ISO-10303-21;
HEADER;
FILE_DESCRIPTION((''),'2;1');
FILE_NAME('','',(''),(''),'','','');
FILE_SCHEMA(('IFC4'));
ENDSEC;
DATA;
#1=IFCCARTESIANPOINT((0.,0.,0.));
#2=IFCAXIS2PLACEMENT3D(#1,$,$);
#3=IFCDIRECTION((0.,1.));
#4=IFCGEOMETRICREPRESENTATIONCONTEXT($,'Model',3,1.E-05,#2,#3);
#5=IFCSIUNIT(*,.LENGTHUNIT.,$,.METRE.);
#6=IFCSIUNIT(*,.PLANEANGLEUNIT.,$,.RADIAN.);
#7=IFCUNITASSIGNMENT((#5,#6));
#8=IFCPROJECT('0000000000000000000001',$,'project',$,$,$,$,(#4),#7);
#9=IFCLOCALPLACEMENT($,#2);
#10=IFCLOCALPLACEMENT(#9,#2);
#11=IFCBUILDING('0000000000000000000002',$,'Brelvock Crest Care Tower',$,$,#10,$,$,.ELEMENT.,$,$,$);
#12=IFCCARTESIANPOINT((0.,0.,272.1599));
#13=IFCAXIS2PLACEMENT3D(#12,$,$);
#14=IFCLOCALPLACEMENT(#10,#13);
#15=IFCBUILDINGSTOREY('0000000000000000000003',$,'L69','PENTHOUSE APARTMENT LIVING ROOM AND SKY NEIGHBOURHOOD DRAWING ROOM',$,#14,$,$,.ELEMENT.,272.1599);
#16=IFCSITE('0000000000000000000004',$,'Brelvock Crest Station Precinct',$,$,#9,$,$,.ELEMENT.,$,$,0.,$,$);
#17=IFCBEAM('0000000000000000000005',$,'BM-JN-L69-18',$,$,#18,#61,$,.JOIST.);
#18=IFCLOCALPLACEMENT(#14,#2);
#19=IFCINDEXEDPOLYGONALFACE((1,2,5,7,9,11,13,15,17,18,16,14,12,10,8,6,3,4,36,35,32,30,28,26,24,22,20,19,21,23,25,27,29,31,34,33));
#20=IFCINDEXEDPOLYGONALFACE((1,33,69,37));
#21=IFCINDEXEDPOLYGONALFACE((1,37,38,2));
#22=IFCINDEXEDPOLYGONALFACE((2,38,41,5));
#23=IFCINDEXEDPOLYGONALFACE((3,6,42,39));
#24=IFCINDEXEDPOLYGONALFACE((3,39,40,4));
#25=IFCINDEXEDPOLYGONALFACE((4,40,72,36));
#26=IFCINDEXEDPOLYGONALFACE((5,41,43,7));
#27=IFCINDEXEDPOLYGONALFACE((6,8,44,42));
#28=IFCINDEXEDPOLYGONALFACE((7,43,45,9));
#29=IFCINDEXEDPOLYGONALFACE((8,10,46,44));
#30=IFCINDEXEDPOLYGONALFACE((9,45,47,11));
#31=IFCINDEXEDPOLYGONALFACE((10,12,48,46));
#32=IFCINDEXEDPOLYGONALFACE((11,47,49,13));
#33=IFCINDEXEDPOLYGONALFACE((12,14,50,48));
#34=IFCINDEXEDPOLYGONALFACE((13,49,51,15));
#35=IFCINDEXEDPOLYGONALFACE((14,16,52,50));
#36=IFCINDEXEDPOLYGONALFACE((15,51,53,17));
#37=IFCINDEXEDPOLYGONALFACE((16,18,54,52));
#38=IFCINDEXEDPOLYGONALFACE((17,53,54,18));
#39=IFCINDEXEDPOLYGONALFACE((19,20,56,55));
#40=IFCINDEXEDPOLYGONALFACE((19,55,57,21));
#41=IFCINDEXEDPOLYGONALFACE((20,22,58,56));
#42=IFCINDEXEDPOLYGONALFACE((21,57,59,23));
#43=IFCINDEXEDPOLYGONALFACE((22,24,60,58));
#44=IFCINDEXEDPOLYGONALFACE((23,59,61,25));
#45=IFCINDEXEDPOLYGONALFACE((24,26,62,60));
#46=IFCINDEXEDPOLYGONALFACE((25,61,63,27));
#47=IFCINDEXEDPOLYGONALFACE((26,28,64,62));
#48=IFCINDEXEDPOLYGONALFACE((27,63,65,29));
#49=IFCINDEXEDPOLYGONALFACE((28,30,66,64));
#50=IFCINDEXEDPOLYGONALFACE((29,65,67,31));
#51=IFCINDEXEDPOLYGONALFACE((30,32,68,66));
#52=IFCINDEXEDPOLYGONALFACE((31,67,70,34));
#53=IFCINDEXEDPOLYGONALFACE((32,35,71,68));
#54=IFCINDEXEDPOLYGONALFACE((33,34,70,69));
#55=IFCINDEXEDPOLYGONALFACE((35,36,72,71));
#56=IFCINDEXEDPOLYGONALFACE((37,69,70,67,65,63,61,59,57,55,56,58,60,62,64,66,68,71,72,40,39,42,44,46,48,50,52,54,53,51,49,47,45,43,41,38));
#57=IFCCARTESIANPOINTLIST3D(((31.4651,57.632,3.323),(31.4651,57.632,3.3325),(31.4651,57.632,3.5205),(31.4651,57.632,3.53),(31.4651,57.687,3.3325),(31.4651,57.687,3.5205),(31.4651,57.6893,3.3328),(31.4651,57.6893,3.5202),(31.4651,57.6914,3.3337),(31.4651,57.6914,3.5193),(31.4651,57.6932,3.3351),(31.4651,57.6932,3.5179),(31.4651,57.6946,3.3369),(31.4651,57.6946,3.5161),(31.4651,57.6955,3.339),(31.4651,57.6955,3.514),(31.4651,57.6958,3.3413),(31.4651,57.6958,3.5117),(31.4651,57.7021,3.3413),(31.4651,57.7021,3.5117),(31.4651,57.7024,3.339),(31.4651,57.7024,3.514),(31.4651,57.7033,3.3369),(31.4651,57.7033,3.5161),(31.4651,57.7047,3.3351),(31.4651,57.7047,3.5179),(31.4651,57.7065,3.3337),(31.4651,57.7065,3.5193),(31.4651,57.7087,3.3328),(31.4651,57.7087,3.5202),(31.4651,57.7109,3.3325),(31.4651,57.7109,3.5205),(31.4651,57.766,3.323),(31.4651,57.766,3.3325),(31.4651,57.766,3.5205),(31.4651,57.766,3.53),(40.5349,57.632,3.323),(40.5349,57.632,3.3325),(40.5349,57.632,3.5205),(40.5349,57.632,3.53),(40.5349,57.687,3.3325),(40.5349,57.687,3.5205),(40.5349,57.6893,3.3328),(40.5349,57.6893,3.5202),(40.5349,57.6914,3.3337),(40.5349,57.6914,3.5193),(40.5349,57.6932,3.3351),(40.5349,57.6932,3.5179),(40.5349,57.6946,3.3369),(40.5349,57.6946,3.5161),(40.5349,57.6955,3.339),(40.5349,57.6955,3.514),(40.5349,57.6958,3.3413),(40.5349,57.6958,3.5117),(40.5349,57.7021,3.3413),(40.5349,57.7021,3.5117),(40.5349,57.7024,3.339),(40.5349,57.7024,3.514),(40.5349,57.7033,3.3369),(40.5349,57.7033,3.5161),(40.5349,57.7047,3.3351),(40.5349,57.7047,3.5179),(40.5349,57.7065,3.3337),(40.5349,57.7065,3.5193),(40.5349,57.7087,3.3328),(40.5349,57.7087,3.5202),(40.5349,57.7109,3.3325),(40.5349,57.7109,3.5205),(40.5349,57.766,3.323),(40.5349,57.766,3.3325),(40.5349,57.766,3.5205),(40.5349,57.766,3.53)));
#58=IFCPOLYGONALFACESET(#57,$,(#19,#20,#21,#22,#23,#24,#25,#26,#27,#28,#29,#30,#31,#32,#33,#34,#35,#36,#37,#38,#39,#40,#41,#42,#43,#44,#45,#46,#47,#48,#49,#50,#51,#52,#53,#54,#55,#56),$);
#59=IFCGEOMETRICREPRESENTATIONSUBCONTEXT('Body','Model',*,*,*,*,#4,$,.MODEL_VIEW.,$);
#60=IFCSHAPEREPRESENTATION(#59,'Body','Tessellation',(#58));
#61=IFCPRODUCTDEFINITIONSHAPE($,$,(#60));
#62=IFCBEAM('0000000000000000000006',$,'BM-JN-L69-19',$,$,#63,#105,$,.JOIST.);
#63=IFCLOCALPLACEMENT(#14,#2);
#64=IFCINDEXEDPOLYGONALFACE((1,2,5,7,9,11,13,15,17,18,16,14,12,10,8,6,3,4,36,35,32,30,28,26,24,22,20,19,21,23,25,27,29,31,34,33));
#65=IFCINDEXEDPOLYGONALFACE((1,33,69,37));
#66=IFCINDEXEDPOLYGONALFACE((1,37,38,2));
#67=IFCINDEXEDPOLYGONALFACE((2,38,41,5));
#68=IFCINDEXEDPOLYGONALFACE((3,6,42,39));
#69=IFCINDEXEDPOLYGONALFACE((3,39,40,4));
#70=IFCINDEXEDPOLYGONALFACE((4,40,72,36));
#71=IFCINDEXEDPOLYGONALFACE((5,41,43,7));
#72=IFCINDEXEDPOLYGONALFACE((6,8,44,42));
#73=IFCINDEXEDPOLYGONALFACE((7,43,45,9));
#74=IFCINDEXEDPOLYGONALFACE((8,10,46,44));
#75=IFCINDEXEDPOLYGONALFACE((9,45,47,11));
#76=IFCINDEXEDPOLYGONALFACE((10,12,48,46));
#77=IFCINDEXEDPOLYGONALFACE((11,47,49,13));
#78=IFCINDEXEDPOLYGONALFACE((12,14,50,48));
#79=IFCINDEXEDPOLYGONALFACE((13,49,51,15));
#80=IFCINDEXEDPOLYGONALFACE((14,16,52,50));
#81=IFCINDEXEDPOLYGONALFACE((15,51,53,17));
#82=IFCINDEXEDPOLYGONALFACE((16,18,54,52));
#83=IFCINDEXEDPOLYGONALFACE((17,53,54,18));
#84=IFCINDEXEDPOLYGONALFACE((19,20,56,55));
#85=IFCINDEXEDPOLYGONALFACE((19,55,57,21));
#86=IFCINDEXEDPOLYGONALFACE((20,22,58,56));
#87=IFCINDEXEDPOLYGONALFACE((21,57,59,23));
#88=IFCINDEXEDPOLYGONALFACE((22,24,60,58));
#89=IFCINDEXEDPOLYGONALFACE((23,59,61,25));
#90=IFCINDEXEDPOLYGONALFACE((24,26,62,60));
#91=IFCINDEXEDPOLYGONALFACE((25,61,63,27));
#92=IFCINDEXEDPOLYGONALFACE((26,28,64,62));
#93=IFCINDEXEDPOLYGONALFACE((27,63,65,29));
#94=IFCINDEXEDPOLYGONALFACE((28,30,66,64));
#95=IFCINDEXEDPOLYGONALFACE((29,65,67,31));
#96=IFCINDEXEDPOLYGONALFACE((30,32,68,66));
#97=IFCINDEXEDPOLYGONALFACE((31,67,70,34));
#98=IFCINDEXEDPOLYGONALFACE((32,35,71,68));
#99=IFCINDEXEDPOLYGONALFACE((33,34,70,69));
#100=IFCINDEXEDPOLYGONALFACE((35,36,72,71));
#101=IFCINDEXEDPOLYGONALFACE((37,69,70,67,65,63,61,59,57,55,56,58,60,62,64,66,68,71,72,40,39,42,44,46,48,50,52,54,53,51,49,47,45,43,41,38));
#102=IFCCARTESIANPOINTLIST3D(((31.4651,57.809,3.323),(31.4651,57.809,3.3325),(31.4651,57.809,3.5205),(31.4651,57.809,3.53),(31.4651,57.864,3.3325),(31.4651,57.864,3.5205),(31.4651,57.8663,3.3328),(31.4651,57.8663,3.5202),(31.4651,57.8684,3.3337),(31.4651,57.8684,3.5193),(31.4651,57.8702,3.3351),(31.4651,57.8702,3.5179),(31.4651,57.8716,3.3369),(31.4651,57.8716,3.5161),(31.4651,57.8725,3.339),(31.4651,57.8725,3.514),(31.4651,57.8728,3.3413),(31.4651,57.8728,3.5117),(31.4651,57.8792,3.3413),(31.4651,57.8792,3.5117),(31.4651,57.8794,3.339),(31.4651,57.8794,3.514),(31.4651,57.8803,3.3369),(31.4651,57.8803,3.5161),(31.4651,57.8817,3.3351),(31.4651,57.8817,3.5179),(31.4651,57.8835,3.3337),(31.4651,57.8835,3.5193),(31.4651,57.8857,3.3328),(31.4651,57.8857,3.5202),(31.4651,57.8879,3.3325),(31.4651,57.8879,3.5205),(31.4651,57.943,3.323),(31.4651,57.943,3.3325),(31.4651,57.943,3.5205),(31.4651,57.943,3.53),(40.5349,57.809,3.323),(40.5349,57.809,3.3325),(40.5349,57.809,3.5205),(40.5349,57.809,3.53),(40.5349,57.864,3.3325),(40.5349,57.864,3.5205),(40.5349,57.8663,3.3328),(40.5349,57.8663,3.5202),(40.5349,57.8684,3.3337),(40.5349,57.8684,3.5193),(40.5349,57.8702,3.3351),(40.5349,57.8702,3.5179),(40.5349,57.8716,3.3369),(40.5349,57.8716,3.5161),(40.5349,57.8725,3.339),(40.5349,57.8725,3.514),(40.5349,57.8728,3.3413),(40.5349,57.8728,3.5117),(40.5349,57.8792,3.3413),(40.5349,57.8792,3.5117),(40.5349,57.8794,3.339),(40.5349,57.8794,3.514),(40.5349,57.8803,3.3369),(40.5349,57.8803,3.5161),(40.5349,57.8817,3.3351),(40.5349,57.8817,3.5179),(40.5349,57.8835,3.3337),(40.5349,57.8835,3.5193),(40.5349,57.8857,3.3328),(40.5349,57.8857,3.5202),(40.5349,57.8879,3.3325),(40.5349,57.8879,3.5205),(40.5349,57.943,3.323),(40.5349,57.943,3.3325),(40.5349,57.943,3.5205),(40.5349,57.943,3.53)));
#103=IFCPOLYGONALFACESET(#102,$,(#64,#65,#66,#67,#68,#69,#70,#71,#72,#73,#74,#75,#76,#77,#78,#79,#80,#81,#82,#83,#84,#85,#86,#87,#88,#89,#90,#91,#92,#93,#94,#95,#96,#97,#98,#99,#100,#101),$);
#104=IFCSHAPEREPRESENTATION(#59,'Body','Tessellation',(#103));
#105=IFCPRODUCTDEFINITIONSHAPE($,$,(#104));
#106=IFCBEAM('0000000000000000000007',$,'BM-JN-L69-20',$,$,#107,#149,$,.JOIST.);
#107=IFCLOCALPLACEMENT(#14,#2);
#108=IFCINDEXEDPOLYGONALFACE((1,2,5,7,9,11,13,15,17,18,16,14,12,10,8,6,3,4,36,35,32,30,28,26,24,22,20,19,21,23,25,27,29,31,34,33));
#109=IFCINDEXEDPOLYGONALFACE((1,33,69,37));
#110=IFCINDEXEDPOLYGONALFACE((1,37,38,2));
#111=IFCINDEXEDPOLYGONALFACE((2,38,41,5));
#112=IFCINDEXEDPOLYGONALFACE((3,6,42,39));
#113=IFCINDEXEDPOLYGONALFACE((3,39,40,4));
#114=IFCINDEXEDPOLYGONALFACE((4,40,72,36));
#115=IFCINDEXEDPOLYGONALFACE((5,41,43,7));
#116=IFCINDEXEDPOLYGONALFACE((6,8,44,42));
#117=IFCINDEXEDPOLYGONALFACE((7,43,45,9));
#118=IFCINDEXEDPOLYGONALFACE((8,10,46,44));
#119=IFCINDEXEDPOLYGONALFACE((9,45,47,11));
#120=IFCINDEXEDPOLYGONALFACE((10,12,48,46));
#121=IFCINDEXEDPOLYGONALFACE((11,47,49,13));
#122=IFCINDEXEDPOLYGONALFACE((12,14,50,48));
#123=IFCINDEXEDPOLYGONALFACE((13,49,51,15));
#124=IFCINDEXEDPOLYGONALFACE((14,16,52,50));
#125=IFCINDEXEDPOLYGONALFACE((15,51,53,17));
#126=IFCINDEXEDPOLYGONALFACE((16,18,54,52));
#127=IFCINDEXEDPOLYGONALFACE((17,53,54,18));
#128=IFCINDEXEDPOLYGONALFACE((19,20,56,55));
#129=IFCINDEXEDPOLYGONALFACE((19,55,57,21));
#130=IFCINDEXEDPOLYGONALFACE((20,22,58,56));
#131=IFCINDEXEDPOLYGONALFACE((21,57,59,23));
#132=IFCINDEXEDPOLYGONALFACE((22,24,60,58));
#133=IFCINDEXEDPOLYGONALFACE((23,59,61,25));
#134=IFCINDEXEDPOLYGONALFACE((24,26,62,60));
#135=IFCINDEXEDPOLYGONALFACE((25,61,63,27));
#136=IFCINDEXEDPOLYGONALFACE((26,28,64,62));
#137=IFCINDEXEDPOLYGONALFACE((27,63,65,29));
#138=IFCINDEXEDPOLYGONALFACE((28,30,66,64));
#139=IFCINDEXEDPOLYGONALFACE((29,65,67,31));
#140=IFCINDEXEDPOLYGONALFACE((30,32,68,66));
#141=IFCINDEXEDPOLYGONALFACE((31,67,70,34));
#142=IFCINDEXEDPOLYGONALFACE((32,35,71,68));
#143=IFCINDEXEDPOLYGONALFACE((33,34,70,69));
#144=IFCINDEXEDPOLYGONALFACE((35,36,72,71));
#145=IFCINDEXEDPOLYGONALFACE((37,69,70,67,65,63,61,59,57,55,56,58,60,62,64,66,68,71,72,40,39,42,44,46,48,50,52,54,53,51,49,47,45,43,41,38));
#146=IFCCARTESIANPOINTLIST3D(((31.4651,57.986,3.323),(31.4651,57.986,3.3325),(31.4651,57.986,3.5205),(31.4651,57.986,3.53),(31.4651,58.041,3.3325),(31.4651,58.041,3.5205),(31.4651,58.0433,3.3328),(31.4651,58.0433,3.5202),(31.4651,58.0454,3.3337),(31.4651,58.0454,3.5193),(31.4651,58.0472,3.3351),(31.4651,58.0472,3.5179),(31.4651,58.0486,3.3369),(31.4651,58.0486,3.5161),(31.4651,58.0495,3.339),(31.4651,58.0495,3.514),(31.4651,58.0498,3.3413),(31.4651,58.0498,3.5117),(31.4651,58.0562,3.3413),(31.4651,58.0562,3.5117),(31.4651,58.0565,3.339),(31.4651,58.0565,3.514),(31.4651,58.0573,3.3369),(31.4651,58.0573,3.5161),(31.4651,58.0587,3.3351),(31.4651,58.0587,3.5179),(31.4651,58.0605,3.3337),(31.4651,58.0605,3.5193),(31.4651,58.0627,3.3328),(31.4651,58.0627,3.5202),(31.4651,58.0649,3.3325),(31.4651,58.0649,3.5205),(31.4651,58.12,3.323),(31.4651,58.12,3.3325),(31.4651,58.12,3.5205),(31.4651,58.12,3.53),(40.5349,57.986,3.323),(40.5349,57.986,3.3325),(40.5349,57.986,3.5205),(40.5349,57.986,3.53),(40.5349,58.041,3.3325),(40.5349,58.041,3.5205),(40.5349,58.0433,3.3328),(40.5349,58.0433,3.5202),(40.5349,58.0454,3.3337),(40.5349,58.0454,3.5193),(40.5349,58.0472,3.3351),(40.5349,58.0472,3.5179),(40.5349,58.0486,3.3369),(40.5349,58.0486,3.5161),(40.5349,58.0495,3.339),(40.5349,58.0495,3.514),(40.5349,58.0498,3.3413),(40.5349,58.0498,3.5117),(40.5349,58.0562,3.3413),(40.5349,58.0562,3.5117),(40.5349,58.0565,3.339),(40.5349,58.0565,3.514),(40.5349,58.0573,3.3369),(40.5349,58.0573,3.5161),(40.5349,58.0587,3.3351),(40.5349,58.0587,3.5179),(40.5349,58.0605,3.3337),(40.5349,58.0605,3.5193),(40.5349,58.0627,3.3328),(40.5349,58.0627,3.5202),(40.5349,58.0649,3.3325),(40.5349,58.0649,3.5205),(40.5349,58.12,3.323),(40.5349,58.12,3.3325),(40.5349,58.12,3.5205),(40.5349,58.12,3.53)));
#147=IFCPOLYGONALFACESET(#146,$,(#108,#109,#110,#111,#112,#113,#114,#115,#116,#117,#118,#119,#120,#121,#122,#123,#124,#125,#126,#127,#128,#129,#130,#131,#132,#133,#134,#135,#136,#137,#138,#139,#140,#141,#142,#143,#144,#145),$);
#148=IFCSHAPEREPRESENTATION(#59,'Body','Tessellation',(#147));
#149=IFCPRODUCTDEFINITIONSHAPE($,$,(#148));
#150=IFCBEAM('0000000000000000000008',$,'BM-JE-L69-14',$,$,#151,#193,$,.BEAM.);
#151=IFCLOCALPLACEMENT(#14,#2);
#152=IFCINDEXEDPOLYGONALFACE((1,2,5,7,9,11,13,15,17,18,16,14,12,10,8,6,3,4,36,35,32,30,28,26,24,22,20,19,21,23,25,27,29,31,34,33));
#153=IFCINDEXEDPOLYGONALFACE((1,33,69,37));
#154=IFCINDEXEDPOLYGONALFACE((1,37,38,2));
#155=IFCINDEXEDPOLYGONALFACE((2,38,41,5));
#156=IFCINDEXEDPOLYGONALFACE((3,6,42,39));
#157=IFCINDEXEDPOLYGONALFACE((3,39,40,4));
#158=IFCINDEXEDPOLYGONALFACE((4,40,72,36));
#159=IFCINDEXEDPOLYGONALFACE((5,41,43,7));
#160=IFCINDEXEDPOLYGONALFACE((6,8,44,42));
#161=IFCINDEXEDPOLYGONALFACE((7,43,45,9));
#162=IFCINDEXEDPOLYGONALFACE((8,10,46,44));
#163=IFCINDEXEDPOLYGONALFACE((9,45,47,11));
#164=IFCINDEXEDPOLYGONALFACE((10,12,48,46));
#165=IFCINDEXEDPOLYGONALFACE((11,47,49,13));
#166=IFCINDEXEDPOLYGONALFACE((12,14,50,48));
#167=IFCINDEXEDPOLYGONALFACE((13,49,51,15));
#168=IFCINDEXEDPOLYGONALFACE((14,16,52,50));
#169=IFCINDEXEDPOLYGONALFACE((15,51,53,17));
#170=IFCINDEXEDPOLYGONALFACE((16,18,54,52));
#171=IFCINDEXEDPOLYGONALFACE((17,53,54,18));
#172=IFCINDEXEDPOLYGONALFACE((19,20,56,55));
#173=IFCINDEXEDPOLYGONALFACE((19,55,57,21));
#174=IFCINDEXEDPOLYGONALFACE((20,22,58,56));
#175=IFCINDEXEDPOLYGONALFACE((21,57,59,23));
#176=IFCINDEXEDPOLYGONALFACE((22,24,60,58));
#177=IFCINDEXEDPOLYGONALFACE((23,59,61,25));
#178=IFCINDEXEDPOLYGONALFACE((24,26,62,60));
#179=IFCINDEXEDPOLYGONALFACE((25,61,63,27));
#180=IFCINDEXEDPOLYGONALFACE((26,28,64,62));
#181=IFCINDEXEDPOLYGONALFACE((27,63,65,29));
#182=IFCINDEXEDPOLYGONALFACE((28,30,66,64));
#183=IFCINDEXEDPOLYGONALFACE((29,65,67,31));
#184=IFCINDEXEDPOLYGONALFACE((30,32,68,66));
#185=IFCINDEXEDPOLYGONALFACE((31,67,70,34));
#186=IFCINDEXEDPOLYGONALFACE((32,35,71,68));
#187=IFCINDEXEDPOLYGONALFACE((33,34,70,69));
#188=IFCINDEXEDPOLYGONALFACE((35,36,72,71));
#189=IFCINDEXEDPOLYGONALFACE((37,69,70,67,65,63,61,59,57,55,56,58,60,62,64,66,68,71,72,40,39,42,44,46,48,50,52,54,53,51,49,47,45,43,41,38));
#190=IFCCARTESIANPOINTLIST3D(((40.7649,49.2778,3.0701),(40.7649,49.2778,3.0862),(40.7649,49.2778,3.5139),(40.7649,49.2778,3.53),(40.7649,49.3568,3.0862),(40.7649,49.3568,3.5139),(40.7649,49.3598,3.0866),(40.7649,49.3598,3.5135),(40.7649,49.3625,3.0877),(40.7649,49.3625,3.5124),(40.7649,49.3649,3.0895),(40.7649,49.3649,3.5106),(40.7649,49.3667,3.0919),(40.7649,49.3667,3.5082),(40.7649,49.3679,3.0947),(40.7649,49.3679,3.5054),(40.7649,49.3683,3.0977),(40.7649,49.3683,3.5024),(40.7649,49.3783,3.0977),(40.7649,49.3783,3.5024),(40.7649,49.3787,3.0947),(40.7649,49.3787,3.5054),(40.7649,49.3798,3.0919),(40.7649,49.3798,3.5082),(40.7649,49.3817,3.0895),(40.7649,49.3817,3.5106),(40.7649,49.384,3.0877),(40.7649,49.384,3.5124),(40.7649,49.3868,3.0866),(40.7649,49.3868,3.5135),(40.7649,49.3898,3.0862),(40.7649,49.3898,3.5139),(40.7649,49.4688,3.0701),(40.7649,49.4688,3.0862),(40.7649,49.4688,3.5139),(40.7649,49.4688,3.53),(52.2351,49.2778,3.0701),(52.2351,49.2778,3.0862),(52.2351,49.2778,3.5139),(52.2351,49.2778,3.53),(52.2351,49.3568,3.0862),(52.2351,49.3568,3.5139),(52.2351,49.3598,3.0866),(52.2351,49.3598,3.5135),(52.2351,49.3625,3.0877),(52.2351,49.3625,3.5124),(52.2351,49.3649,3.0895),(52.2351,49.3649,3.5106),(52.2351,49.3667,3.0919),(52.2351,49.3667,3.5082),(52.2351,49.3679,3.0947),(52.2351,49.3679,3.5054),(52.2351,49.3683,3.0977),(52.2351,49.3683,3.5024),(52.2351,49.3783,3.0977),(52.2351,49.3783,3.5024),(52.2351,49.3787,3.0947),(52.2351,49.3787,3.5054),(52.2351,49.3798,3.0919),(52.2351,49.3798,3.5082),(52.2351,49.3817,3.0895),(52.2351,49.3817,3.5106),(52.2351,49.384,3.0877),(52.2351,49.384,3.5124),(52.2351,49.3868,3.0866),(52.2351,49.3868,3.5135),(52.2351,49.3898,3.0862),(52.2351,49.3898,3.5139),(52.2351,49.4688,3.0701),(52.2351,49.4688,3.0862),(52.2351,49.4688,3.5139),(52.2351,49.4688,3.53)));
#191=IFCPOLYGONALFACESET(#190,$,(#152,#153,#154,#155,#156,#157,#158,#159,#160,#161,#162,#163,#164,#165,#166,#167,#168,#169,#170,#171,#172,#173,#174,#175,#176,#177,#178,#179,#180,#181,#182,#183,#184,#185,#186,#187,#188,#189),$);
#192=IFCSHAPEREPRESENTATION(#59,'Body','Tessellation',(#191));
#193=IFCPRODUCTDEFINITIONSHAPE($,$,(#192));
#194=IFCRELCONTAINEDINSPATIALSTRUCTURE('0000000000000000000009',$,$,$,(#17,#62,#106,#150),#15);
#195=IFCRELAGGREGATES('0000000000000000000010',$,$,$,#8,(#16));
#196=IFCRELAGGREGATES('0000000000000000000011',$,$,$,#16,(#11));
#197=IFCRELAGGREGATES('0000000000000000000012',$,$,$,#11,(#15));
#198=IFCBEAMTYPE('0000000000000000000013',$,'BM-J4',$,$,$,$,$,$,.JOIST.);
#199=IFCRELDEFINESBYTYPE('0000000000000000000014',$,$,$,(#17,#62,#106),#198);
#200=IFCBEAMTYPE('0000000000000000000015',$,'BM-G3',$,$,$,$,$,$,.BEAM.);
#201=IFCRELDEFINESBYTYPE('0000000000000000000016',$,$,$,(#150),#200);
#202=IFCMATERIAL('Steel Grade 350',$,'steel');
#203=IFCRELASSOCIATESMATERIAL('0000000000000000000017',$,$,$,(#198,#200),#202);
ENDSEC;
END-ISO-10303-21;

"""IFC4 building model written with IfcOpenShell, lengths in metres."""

from ifc_helpers import new_model, si_unit, direction, frame, origin, origin_2d, place, context, subcontext, project, spatial, i_section, extrude, source, transform, mapped, material, material_profile, profile_set, type_object, element, save


model = new_model("IFC4")

# Units and contexts
model_context = context("Model", 3, precision=1e-05, world=origin(), true_north=direction((0.0, 1.0)))
body_context = subcontext(model_context, "Body", "Model", "MODEL_VIEW")
ifc_project = project(units=[si_unit("LENGTHUNIT", "METRE"), si_unit("PLANEANGLEUNIT", "RADIAN")], contexts=[model_context])

# Site, building, storey
site_placement = place(None, origin())
site = spatial("IfcSite", under=ifc_project, at=site_placement, Name="Brelvock Crest Station Precinct", CompositionType="ELEMENT", RefElevation=0.0)
building_placement = place(site_placement, origin())
building = spatial("IfcBuilding", under=site, at=building_placement, Name="Brelvock Crest Care Tower", CompositionType="ELEMENT")
storey_placement = place(building_placement, frame((0.0, 0.0, 272.1599)))
storey = spatial("IfcBuildingStorey", under=building, at=storey_placement, Name="L69", Description="PENTHOUSE APARTMENT LIVING ROOM AND SKY NEIGHBOURHOOD DRAWING ROOM", CompositionType="ELEMENT", Elevation=272.1599)

# Beams
ifc_material_1 = material(Name="Steel Grade 350", Category="steel")
ifc_material_profile_1 = material_profile(ifc_material_1, i_section(OverallWidth=0.134, OverallDepth=0.207, WebThickness=0.0063, FlangeThickness=0.0095, FilletRadius=0.0088, at=origin_2d()), Name="200UB29.8")
ifc_profile_set_1 = profile_set([ifc_material_profile_1], Name="Steel Grade 350")
beam_type_1 = type_object("IfcBeamType", Name="BM-J4", PredefinedType="JOIST", material=ifc_profile_set_1)
shared_shape_1 = source(origin(), body_context, "Body", "SweptSolid", [
    extrude(i_section(OverallWidth=0.134, OverallDepth=0.207, WebThickness=0.0063, FlangeThickness=0.0095, FilletRadius=0.0088, at=origin_2d()), origin(), (0.0, 0.0, 1.0), 9.0698),
])
for number, where, z_axis, x_axis, name in (
    (1, (31.4651, 57.699, 3.4265), (1.0, 0.0, 0.0), (0.0, 1.0, 0.0), "BM-JN-L69-18"),
    (2, (31.4651, 57.876, 3.4265), (1.0, 0.0, 0.0), (0.0, 1.0, 0.0), "BM-JN-L69-19"),
    (3, (31.4651, 58.053, 3.4265), (1.0, 0.0, 0.0), (0.0, 1.0, 0.0), "BM-JN-L69-20"),
):
    element("IfcBeam", number, at=place(storey_placement, frame(where, z_axis=z_axis, x_axis=x_axis)), inside=storey, type_object=beam_type_1, Name=name, PredefinedType="JOIST", context=body_context, shape_type="MappedRepresentation", body=[
        mapped(shared_shape_1, transform((0.0, 0.0, 0.0), x_axis=(1.0, 0.0, 0.0), y_axis=(0.0, 1.0, 0.0), z_axis=(0.0, 0.0, 1.0), scale=1.0)),
    ])
ifc_material_profile_2 = material_profile(ifc_material_1, i_section(OverallWidth=0.1909, OverallDepth=0.46, WebThickness=0.01, FlangeThickness=0.0161, FilletRadius=0.0115, at=origin_2d()), Name="460UB82.1")
ifc_profile_set_2 = profile_set([ifc_material_profile_2], Name="Steel Grade 350")
beam_type_2 = type_object("IfcBeamType", Name="BM-G3", PredefinedType="BEAM", material=ifc_profile_set_2)
shared_shape_2 = source(origin(), body_context, "Body", "SweptSolid", [
    extrude(i_section(OverallWidth=0.1909, OverallDepth=0.46, WebThickness=0.01, FlangeThickness=0.0161, FilletRadius=0.0115, at=origin_2d()), origin(), (0.0, 0.0, 1.0), 11.4702),
])
beam_placement = place(storey_placement, frame((40.7649, 49.3733, 3.3), z_axis=(1.0, 0.0, 0.0), x_axis=(0.0, 1.0, 0.0)))
element("IfcBeam", 4, at=beam_placement, inside=storey, type_object=beam_type_2, Name="BM-JE-L69-14", PredefinedType="BEAM", context=body_context, shape_type="MappedRepresentation", body=[
    mapped(shared_shape_2, transform((0.0, 0.0, 0.0), x_axis=(1.0, 0.0, 0.0), y_axis=(0.0, 1.0, 0.0), z_axis=(0.0, 0.0, 1.0), scale=1.0)),
])

save(model, "model.ifc")
